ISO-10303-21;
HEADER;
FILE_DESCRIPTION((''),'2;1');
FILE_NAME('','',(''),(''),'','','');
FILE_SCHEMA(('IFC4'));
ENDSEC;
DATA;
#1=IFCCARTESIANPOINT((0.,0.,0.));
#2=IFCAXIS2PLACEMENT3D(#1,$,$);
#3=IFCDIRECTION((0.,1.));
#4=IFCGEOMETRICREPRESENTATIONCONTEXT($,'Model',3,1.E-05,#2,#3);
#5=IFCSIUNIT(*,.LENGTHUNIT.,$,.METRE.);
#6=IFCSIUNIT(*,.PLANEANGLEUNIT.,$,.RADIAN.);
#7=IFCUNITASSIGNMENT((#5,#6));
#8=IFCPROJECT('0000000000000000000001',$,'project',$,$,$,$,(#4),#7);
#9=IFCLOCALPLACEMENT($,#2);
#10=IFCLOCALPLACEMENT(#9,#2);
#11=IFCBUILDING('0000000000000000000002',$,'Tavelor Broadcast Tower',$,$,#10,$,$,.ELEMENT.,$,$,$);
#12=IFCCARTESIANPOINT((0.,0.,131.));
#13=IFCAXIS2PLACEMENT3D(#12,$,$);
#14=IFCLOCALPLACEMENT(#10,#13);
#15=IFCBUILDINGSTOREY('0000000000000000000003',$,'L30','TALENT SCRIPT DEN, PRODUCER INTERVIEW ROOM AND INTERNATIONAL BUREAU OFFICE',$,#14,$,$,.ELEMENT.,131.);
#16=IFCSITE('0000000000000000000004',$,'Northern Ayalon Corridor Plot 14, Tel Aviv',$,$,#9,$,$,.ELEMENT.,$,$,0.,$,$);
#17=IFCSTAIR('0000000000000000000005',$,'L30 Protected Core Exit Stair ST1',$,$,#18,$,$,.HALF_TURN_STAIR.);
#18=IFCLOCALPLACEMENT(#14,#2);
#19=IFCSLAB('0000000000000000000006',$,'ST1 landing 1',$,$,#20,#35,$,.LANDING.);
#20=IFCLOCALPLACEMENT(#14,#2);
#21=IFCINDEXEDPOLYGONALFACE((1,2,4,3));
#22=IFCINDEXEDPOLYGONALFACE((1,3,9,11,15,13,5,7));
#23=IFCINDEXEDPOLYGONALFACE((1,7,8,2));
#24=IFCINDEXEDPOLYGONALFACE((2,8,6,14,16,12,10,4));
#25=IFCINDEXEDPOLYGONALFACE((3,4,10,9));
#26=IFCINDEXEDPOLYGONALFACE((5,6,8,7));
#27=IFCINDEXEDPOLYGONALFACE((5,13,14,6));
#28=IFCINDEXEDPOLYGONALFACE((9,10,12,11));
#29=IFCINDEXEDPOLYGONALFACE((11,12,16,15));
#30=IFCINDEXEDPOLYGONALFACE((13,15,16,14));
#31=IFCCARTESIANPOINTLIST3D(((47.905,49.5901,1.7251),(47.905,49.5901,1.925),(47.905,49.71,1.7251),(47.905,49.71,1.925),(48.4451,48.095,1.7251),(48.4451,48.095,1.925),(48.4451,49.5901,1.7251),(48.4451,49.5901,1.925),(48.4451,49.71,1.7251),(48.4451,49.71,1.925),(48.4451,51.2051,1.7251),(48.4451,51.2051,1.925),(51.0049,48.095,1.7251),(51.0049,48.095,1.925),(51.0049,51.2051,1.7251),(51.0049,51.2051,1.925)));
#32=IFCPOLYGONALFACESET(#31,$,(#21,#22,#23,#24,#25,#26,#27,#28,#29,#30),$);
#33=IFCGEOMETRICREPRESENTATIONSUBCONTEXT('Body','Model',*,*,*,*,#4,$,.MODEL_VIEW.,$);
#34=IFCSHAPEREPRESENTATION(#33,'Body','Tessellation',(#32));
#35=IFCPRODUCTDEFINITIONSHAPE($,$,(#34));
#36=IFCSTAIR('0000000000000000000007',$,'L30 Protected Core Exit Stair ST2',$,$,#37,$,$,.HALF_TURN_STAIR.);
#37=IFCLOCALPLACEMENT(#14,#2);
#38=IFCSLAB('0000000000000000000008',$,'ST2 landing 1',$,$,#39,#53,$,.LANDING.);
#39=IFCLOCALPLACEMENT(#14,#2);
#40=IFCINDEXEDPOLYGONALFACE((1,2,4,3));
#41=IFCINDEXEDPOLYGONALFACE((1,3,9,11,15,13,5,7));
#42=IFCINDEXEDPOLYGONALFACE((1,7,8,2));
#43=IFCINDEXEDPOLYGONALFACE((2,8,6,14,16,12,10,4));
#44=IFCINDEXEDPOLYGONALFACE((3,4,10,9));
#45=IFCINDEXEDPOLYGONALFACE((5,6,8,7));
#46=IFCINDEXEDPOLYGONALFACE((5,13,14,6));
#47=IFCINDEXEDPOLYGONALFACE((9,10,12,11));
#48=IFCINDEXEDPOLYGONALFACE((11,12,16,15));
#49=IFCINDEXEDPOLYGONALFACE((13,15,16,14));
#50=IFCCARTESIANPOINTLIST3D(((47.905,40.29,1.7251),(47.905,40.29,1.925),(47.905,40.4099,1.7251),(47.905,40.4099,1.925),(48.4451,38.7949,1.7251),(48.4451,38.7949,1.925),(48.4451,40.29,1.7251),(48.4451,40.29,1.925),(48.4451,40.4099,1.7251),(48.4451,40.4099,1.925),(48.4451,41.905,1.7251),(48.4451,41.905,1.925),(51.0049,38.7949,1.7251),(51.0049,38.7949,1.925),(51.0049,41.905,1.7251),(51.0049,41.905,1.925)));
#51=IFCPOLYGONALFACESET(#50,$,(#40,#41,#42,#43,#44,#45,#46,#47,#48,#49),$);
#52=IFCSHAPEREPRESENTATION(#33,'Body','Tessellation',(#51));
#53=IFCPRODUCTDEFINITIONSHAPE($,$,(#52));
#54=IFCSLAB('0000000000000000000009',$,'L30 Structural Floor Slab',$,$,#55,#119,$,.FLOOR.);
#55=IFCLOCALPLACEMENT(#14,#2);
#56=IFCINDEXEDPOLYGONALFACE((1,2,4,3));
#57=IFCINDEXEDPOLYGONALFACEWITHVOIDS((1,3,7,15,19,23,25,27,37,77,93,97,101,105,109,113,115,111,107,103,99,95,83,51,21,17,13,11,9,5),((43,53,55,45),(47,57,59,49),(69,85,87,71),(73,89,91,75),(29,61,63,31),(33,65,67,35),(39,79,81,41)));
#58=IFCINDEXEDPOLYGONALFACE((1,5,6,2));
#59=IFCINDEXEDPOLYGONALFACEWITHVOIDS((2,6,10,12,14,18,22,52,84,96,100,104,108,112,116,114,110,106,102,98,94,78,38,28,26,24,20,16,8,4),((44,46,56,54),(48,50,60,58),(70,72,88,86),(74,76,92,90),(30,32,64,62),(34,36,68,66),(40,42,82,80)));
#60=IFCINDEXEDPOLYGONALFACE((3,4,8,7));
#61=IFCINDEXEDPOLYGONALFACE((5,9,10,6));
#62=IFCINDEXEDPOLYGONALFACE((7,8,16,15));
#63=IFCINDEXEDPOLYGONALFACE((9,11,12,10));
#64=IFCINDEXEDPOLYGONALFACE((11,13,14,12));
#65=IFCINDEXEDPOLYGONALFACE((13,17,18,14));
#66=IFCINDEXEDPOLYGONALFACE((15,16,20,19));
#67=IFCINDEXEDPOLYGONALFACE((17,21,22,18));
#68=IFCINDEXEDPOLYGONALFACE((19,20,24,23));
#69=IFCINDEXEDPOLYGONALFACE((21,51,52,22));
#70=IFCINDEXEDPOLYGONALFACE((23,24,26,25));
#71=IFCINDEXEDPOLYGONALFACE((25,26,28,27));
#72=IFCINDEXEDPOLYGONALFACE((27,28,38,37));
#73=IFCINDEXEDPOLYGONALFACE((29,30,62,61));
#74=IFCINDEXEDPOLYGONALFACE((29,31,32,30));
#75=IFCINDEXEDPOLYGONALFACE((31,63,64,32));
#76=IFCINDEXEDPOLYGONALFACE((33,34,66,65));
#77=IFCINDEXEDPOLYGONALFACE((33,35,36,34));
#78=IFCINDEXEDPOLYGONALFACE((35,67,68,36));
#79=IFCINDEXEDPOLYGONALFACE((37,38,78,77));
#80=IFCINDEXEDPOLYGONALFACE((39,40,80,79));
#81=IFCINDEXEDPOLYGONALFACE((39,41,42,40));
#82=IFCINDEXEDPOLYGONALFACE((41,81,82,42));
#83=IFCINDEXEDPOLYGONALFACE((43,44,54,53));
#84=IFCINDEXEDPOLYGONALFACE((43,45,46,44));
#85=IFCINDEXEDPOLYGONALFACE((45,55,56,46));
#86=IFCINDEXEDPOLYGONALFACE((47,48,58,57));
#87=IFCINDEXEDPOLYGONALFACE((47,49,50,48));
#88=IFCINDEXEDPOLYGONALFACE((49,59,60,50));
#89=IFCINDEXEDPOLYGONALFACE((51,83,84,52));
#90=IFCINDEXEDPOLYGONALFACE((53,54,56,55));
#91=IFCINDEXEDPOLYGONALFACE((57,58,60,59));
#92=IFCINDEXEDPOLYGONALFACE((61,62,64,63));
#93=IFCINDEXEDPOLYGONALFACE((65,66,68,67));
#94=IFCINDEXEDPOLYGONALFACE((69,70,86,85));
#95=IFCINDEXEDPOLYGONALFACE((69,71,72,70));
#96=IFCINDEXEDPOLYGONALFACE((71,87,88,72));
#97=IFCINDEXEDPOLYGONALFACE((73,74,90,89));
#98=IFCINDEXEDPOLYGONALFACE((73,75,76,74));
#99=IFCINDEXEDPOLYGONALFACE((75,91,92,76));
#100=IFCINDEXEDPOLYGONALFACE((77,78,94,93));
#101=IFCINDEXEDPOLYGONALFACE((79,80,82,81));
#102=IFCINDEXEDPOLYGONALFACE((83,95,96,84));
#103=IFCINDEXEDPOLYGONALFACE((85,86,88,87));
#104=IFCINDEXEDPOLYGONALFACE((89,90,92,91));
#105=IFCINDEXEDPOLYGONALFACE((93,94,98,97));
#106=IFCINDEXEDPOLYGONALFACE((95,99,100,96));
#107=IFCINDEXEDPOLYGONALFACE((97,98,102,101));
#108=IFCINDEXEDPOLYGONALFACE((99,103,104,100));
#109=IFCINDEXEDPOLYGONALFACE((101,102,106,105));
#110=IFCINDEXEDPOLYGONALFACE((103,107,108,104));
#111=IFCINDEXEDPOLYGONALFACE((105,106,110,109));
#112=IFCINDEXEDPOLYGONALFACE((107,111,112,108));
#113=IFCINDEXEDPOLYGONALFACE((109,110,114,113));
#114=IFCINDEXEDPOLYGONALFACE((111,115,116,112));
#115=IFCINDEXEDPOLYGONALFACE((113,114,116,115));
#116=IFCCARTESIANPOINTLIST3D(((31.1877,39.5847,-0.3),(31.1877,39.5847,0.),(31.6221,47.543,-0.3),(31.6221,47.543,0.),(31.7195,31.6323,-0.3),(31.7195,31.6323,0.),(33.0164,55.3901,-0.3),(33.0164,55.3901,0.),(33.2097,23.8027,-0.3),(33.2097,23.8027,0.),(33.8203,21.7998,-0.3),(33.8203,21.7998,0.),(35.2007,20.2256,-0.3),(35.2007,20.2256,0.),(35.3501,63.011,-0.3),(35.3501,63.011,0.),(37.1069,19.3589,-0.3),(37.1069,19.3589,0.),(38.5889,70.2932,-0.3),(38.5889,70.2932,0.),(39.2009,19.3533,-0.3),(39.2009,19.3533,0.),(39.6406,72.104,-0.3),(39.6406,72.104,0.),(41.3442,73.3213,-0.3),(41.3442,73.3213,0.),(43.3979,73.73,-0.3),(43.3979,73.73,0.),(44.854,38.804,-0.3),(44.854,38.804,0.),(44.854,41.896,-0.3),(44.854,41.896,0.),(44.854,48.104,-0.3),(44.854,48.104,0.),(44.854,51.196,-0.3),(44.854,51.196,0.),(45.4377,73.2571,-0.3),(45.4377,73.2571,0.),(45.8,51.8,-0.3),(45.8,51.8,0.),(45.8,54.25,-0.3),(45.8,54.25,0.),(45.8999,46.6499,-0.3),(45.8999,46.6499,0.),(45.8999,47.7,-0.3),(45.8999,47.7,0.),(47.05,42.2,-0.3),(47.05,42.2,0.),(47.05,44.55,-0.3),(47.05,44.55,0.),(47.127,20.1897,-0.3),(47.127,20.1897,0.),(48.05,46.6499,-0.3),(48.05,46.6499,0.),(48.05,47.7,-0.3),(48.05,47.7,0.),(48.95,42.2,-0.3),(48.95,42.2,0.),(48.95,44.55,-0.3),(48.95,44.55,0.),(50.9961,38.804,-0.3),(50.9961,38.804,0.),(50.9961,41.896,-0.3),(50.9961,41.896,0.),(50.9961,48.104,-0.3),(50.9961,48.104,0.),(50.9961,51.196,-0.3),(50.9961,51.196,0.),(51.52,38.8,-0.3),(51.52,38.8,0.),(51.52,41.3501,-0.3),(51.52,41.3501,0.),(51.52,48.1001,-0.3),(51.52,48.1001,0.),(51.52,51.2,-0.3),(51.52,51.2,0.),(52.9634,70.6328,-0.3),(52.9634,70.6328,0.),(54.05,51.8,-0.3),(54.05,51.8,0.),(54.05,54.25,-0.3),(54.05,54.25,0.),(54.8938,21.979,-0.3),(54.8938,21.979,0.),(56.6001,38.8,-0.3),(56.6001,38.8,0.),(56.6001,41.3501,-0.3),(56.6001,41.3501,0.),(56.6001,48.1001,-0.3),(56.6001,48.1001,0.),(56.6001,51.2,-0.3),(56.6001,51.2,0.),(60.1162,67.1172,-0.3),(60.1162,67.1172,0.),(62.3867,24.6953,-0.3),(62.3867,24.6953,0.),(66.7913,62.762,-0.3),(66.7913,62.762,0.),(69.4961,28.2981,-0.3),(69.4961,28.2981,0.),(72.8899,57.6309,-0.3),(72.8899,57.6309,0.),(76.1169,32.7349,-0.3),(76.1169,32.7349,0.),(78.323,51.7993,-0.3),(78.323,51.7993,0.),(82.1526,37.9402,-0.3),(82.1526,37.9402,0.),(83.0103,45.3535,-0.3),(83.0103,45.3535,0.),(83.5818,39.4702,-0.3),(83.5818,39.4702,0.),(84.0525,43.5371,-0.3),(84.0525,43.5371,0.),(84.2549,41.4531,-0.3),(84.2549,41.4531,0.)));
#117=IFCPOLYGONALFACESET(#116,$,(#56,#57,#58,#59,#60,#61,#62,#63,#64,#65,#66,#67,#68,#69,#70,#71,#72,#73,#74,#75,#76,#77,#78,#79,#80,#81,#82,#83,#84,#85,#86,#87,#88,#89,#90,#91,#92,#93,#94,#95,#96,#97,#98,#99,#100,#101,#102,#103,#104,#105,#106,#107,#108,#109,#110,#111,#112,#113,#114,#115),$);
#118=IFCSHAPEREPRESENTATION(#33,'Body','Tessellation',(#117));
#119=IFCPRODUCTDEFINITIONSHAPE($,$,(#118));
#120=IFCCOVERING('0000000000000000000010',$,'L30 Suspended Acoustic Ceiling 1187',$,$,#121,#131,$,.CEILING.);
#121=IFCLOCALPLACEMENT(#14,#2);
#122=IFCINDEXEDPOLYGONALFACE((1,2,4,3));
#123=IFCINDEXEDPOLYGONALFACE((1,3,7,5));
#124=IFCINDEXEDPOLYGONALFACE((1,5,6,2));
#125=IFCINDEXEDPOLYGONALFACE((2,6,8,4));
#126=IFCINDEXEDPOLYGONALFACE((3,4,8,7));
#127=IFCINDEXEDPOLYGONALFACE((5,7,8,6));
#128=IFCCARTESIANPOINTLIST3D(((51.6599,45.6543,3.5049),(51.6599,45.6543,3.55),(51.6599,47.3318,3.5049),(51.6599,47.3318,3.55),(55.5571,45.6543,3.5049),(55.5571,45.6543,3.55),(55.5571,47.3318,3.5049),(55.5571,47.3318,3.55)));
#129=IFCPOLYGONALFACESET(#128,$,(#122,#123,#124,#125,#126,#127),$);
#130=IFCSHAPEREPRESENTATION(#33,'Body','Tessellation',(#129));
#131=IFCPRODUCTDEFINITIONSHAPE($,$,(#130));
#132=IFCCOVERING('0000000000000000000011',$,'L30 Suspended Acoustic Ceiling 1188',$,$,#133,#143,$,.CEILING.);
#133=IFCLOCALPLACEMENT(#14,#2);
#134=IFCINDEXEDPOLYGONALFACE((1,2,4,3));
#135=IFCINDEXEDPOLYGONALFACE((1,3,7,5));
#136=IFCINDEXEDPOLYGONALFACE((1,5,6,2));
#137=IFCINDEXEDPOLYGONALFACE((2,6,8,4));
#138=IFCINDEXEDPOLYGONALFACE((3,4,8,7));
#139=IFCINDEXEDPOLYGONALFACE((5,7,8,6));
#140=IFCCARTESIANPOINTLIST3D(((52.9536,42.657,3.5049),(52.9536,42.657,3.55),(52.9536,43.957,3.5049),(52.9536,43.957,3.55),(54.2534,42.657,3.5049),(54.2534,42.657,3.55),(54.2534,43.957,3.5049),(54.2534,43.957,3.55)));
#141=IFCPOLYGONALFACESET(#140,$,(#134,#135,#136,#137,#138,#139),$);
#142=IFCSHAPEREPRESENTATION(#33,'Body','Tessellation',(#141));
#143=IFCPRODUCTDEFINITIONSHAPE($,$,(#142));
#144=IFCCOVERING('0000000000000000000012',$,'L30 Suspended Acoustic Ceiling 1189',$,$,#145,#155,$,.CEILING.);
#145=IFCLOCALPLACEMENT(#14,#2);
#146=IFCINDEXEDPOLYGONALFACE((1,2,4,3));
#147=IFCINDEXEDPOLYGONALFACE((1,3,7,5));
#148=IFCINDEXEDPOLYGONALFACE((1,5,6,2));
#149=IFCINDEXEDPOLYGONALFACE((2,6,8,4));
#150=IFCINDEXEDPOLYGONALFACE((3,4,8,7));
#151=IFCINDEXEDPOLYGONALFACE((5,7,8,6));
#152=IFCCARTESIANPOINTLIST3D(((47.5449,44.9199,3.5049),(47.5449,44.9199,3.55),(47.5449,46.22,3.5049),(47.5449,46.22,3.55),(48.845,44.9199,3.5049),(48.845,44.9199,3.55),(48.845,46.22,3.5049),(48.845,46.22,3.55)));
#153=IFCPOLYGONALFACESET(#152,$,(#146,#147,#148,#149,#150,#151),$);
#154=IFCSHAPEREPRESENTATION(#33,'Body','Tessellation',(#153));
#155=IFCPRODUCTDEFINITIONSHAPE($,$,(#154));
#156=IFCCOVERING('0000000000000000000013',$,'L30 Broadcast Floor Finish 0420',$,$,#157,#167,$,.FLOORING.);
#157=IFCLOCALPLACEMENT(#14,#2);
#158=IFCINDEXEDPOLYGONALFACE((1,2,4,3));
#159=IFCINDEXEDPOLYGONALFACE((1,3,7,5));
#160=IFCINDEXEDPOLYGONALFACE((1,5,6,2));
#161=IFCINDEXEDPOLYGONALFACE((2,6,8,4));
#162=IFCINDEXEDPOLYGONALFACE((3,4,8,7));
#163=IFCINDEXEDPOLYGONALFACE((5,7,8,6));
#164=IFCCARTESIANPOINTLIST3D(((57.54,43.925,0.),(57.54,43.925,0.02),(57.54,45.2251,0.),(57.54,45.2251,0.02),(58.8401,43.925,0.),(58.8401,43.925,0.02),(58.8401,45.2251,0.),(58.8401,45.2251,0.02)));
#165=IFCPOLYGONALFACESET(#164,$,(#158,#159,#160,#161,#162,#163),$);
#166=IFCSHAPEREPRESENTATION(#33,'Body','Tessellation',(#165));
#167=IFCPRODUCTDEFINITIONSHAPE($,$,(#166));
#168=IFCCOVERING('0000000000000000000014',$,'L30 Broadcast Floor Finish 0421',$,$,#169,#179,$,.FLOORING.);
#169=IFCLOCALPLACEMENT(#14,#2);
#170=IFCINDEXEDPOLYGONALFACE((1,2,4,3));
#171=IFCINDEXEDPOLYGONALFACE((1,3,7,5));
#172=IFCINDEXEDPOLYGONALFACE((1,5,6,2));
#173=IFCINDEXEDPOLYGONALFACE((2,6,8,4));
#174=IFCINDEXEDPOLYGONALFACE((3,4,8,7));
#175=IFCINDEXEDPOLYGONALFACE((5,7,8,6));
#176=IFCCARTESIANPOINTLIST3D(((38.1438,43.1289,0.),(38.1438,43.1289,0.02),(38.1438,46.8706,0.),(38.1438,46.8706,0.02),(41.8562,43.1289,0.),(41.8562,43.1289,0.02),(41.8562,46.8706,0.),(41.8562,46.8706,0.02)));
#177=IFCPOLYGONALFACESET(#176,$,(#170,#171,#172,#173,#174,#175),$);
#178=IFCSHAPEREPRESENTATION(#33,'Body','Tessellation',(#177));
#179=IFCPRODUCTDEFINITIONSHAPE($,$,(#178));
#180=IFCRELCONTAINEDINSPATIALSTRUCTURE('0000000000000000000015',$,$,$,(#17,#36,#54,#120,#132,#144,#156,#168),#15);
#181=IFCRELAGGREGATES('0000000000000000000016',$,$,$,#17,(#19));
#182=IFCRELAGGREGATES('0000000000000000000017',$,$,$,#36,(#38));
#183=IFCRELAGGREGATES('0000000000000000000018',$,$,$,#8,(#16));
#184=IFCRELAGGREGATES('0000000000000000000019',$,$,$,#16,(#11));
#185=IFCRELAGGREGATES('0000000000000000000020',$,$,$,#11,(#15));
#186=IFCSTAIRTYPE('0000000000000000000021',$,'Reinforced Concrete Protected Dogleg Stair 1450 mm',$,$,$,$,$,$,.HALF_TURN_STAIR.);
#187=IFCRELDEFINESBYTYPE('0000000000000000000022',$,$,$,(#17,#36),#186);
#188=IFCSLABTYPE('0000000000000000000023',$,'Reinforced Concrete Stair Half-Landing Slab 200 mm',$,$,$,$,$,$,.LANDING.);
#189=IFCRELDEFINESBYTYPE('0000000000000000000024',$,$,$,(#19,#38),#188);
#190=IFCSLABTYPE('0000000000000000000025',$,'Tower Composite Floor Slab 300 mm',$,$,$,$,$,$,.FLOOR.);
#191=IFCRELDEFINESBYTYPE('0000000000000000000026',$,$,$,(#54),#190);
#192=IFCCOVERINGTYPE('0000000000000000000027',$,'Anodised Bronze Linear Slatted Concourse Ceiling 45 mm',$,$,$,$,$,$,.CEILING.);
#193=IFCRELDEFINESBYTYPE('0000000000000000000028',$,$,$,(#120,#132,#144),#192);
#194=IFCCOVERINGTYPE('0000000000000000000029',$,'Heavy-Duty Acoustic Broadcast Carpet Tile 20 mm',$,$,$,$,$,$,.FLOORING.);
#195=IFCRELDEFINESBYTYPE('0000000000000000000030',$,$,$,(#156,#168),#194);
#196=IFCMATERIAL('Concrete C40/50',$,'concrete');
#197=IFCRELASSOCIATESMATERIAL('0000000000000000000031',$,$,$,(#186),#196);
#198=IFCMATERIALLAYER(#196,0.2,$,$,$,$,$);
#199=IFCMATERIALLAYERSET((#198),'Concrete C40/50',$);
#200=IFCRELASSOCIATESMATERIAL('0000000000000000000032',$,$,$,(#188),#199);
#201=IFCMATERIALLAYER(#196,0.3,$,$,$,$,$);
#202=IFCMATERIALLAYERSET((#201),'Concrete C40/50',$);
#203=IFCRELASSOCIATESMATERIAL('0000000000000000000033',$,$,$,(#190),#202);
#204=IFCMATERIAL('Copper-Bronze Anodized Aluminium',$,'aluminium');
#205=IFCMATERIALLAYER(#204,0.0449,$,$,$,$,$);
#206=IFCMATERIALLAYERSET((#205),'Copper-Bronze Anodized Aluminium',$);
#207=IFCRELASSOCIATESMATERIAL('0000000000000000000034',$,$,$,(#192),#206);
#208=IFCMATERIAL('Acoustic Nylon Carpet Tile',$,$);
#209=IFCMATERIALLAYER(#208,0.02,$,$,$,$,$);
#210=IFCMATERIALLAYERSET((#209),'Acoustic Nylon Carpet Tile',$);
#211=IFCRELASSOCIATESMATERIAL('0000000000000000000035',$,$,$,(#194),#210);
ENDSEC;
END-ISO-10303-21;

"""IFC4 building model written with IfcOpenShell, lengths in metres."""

from ifc_helpers import new_model, si_unit, direction, frame, origin, place, context, subcontext, project, spatial, polyline, outline, extrude, material, layer, layer_set, type_object, element, aggregate, save


model = new_model("IFC4")

# Units and contexts
model_context = context("Model", 3, precision=1e-05, world=origin(), true_north=direction((0.0, 1.0)))
body_context = subcontext(model_context, "Body", "Model", "MODEL_VIEW")
ifc_project = project(units=[si_unit("LENGTHUNIT", "METRE"), si_unit("PLANEANGLEUNIT", "RADIAN")], contexts=[model_context])

# Site, building, storey
site_placement = place(None, origin())
site = spatial("IfcSite", under=ifc_project, at=site_placement, Name="Northern Ayalon Corridor Plot 14, Tel Aviv", CompositionType="ELEMENT", RefElevation=0.0)
building_placement = place(site_placement, origin())
building = spatial("IfcBuilding", under=site, at=building_placement, Name="Tavelor Broadcast Tower", CompositionType="ELEMENT")
storey_placement = place(building_placement, frame((0.0, 0.0, 131.0)))
storey = spatial("IfcBuildingStorey", under=building, at=storey_placement, Name="L30", Description="TALENT SCRIPT DEN, PRODUCER INTERVIEW ROOM AND INTERNATIONAL BUREAU OFFICE", CompositionType="ELEMENT", Elevation=131.0)

# Stairs, slabs
ifc_material_1 = material(Name="Concrete C40/50", Category="concrete")
stair_type = type_object("IfcStairType", Name="Reinforced Concrete Protected Dogleg Stair 1450 mm", PredefinedType="HALF_TURN_STAIR", material=ifc_material_1)
stair_1_placement = place(storey_placement, origin())
stair_1 = element("IfcStair", 1, at=stair_1_placement, inside=storey, type_object=stair_type, Name="L30 Protected Core Exit Stair ST1", PredefinedType="HALF_TURN_STAIR")
ifc_layer_1 = layer(ifc_material_1, 0.2)
ifc_layer_set_1 = layer_set([ifc_layer_1], Name="Concrete C40/50")
slab_type_1 = type_object("IfcSlabType", Name="Reinforced Concrete Stair Half-Landing Slab 200 mm", PredefinedType="LANDING", material=ifc_layer_set_1)
slab_1_placement = place(storey_placement, frame((0.0, 0.0, 1.7251)))
slab_1 = element("IfcSlab", 2, at=slab_1_placement, type_object=slab_type_1, Name="ST1 landing 1", PredefinedType="LANDING", context=body_context, shape_type="SweptSolid", body=[
    extrude(outline(polyline([(48.4451, 49.5901), (48.4451, 48.095), (51.0049, 48.095), (51.0049, 51.2051), (48.4451, 51.2051), (48.4451, 49.71), (47.905, 49.71), (47.905, 49.5901), (48.4451, 49.5901)])), origin(), (0.0, 0.0, 1.0), 0.2),
])
aggregate(stair_1, [slab_1])
stair_2_placement = place(storey_placement, origin())
stair_2 = element("IfcStair", 3, at=stair_2_placement, inside=storey, type_object=stair_type, Name="L30 Protected Core Exit Stair ST2", PredefinedType="HALF_TURN_STAIR")
slab_2_placement = place(storey_placement, frame((0.0, 0.0, 1.7251)))
slab_2 = element("IfcSlab", 4, at=slab_2_placement, type_object=slab_type_1, Name="ST2 landing 1", PredefinedType="LANDING", context=body_context, shape_type="SweptSolid", body=[
    extrude(outline(polyline([(48.4451, 40.29), (48.4451, 38.7949), (51.0049, 38.7949), (51.0049, 41.905), (48.4451, 41.905), (48.4451, 40.4099), (47.905, 40.4099), (47.905, 40.29), (48.4451, 40.29)])), origin(), (0.0, 0.0, 1.0), 0.2),
])
aggregate(stair_2, [slab_2])

# Slab
ifc_layer_2 = layer(ifc_material_1, 0.3)
ifc_layer_set_2 = layer_set([ifc_layer_2], Name="Concrete C40/50")
slab_type_2 = type_object("IfcSlabType", Name="Tower Composite Floor Slab 300 mm", PredefinedType="FLOOR", material=ifc_layer_set_2)
slab_3_placement = place(storey_placement, frame((0.0, 0.0, -0.3)))
element("IfcSlab", 5, at=slab_3_placement, inside=storey, type_object=slab_type_2, Name="L30 Structural Floor Slab", PredefinedType="FLOOR", context=body_context, shape_type="SweptSolid", body=[
    extrude(outline(polyline([(45.4377, 73.2571), (43.3979, 73.73), (41.3442, 73.3213), (39.6406, 72.104), (38.5889, 70.2932), (35.3501, 63.011), (33.0164, 55.3901), (31.6221, 47.543), (31.1877, 39.5847), (31.7195, 31.6323), (33.2097, 23.8027), (33.8203, 21.7998), (35.2007, 20.2256), (37.1069, 19.3589), (39.2009, 19.3533), (47.127, 20.1897), (54.8938, 21.979), (62.3867, 24.6953), (69.4961, 28.2981), (76.1169, 32.7349), (82.1526, 37.9402), (83.5818, 39.4702), (84.2549, 41.4531), (84.0525, 43.5371), (83.0103, 45.3535), (78.323, 51.7993), (72.8899, 57.6309), (66.7913, 62.762), (60.1162, 67.1172), (52.9634, 70.6328), (45.4377, 73.2571)]), holes=[polyline([(56.6001, 41.3501), (56.6001, 38.8), (51.52, 38.8), (51.52, 41.3501), (56.6001, 41.3501)]), polyline([(50.9961, 38.804), (44.854, 38.804), (44.854, 41.896), (50.9961, 41.896), (50.9961, 38.804)]), polyline([(47.05, 42.2), (47.05, 44.55), (48.95, 44.55), (48.95, 42.2), (47.05, 42.2)]), polyline([(48.05, 46.6499), (45.8999, 46.6499), (45.8999, 47.7), (48.05, 47.7), (48.05, 46.6499)]), polyline([(50.9961, 48.104), (44.854, 48.104), (44.854, 51.196), (50.9961, 51.196), (50.9961, 48.104)]), polyline([(56.6001, 48.1001), (51.52, 48.1001), (51.52, 51.2), (56.6001, 51.2), (56.6001, 48.1001)]), polyline([(54.05, 51.8), (45.8, 51.8), (45.8, 54.25), (54.05, 54.25), (54.05, 51.8)])]), origin(), (0.0, 0.0, 1.0), 0.3),
])

# Coverings
ifc_material_2 = material(Name="Copper-Bronze Anodized Aluminium", Category="aluminium")
ifc_layer_3 = layer(ifc_material_2, 0.0449)
ifc_layer_set_3 = layer_set([ifc_layer_3], Name="Copper-Bronze Anodized Aluminium")
covering_type_1 = type_object("IfcCoveringType", Name="Anodised Bronze Linear Slatted Concourse Ceiling 45 mm", PredefinedType="CEILING", material=ifc_layer_set_3)
covering_1_placement = place(storey_placement, frame((0.0, 0.0, 3.5049)))
element("IfcCovering", 6, at=covering_1_placement, inside=storey, type_object=covering_type_1, Name="L30 Suspended Acoustic Ceiling 1187", PredefinedType="CEILING", context=body_context, shape_type="SweptSolid", body=[
    extrude(outline(polyline([(51.6599, 45.6543), (55.5571, 45.6543), (55.5571, 47.3318), (51.6599, 47.3318), (51.6599, 45.6543)])), origin(), (0.0, 0.0, 1.0), 0.0452),
])
covering_2_placement = place(storey_placement, frame((0.0, 0.0, 3.5049)))
element("IfcCovering", 7, at=covering_2_placement, inside=storey, type_object=covering_type_1, Name="L30 Suspended Acoustic Ceiling 1188", PredefinedType="CEILING", context=body_context, shape_type="SweptSolid", body=[
    extrude(outline(polyline([(52.9536, 42.657), (54.2534, 42.657), (54.2534, 43.957), (52.9536, 43.957), (52.9536, 42.657)])), origin(), (0.0, 0.0, 1.0), 0.0452),
])
covering_3_placement = place(storey_placement, frame((0.0, 0.0, 3.5049)))
element("IfcCovering", 8, at=covering_3_placement, inside=storey, type_object=covering_type_1, Name="L30 Suspended Acoustic Ceiling 1189", PredefinedType="CEILING", context=body_context, shape_type="SweptSolid", body=[
    extrude(outline(polyline([(47.5449, 44.9199), (48.845, 44.9199), (48.845, 46.22), (47.5449, 46.22), (47.5449, 44.9199)])), origin(), (0.0, 0.0, 1.0), 0.0452),
])
ifc_material_3 = material(Name="Acoustic Nylon Carpet Tile")
ifc_layer_4 = layer(ifc_material_3, 0.02)
ifc_layer_set_4 = layer_set([ifc_layer_4], Name="Acoustic Nylon Carpet Tile")
covering_type_2 = type_object("IfcCoveringType", Name="Heavy-Duty Acoustic Broadcast Carpet Tile 20 mm", PredefinedType="FLOORING", material=ifc_layer_set_4)
covering_4_placement = place(storey_placement, origin())
element("IfcCovering", 9, at=covering_4_placement, inside=storey, type_object=covering_type_2, Name="L30 Broadcast Floor Finish 0420", PredefinedType="FLOORING", context=body_context, shape_type="SweptSolid", body=[
    extrude(outline(polyline([(57.54, 43.925), (58.8401, 43.925), (58.8401, 45.2251), (57.54, 45.2251), (57.54, 43.925)])), origin(), (0.0, 0.0, 1.0), 0.02),
])
covering_5_placement = place(storey_placement, origin())
element("IfcCovering", 10, at=covering_5_placement, inside=storey, type_object=covering_type_2, Name="L30 Broadcast Floor Finish 0421", PredefinedType="FLOORING", context=body_context, shape_type="SweptSolid", body=[
    extrude(outline(polyline([(38.1438, 43.1289), (41.8562, 43.1289), (41.8562, 46.8706), (38.1438, 46.8706), (38.1438, 43.1289)])), origin(), (0.0, 0.0, 1.0), 0.02),
])

save(model, "model.ifc")
